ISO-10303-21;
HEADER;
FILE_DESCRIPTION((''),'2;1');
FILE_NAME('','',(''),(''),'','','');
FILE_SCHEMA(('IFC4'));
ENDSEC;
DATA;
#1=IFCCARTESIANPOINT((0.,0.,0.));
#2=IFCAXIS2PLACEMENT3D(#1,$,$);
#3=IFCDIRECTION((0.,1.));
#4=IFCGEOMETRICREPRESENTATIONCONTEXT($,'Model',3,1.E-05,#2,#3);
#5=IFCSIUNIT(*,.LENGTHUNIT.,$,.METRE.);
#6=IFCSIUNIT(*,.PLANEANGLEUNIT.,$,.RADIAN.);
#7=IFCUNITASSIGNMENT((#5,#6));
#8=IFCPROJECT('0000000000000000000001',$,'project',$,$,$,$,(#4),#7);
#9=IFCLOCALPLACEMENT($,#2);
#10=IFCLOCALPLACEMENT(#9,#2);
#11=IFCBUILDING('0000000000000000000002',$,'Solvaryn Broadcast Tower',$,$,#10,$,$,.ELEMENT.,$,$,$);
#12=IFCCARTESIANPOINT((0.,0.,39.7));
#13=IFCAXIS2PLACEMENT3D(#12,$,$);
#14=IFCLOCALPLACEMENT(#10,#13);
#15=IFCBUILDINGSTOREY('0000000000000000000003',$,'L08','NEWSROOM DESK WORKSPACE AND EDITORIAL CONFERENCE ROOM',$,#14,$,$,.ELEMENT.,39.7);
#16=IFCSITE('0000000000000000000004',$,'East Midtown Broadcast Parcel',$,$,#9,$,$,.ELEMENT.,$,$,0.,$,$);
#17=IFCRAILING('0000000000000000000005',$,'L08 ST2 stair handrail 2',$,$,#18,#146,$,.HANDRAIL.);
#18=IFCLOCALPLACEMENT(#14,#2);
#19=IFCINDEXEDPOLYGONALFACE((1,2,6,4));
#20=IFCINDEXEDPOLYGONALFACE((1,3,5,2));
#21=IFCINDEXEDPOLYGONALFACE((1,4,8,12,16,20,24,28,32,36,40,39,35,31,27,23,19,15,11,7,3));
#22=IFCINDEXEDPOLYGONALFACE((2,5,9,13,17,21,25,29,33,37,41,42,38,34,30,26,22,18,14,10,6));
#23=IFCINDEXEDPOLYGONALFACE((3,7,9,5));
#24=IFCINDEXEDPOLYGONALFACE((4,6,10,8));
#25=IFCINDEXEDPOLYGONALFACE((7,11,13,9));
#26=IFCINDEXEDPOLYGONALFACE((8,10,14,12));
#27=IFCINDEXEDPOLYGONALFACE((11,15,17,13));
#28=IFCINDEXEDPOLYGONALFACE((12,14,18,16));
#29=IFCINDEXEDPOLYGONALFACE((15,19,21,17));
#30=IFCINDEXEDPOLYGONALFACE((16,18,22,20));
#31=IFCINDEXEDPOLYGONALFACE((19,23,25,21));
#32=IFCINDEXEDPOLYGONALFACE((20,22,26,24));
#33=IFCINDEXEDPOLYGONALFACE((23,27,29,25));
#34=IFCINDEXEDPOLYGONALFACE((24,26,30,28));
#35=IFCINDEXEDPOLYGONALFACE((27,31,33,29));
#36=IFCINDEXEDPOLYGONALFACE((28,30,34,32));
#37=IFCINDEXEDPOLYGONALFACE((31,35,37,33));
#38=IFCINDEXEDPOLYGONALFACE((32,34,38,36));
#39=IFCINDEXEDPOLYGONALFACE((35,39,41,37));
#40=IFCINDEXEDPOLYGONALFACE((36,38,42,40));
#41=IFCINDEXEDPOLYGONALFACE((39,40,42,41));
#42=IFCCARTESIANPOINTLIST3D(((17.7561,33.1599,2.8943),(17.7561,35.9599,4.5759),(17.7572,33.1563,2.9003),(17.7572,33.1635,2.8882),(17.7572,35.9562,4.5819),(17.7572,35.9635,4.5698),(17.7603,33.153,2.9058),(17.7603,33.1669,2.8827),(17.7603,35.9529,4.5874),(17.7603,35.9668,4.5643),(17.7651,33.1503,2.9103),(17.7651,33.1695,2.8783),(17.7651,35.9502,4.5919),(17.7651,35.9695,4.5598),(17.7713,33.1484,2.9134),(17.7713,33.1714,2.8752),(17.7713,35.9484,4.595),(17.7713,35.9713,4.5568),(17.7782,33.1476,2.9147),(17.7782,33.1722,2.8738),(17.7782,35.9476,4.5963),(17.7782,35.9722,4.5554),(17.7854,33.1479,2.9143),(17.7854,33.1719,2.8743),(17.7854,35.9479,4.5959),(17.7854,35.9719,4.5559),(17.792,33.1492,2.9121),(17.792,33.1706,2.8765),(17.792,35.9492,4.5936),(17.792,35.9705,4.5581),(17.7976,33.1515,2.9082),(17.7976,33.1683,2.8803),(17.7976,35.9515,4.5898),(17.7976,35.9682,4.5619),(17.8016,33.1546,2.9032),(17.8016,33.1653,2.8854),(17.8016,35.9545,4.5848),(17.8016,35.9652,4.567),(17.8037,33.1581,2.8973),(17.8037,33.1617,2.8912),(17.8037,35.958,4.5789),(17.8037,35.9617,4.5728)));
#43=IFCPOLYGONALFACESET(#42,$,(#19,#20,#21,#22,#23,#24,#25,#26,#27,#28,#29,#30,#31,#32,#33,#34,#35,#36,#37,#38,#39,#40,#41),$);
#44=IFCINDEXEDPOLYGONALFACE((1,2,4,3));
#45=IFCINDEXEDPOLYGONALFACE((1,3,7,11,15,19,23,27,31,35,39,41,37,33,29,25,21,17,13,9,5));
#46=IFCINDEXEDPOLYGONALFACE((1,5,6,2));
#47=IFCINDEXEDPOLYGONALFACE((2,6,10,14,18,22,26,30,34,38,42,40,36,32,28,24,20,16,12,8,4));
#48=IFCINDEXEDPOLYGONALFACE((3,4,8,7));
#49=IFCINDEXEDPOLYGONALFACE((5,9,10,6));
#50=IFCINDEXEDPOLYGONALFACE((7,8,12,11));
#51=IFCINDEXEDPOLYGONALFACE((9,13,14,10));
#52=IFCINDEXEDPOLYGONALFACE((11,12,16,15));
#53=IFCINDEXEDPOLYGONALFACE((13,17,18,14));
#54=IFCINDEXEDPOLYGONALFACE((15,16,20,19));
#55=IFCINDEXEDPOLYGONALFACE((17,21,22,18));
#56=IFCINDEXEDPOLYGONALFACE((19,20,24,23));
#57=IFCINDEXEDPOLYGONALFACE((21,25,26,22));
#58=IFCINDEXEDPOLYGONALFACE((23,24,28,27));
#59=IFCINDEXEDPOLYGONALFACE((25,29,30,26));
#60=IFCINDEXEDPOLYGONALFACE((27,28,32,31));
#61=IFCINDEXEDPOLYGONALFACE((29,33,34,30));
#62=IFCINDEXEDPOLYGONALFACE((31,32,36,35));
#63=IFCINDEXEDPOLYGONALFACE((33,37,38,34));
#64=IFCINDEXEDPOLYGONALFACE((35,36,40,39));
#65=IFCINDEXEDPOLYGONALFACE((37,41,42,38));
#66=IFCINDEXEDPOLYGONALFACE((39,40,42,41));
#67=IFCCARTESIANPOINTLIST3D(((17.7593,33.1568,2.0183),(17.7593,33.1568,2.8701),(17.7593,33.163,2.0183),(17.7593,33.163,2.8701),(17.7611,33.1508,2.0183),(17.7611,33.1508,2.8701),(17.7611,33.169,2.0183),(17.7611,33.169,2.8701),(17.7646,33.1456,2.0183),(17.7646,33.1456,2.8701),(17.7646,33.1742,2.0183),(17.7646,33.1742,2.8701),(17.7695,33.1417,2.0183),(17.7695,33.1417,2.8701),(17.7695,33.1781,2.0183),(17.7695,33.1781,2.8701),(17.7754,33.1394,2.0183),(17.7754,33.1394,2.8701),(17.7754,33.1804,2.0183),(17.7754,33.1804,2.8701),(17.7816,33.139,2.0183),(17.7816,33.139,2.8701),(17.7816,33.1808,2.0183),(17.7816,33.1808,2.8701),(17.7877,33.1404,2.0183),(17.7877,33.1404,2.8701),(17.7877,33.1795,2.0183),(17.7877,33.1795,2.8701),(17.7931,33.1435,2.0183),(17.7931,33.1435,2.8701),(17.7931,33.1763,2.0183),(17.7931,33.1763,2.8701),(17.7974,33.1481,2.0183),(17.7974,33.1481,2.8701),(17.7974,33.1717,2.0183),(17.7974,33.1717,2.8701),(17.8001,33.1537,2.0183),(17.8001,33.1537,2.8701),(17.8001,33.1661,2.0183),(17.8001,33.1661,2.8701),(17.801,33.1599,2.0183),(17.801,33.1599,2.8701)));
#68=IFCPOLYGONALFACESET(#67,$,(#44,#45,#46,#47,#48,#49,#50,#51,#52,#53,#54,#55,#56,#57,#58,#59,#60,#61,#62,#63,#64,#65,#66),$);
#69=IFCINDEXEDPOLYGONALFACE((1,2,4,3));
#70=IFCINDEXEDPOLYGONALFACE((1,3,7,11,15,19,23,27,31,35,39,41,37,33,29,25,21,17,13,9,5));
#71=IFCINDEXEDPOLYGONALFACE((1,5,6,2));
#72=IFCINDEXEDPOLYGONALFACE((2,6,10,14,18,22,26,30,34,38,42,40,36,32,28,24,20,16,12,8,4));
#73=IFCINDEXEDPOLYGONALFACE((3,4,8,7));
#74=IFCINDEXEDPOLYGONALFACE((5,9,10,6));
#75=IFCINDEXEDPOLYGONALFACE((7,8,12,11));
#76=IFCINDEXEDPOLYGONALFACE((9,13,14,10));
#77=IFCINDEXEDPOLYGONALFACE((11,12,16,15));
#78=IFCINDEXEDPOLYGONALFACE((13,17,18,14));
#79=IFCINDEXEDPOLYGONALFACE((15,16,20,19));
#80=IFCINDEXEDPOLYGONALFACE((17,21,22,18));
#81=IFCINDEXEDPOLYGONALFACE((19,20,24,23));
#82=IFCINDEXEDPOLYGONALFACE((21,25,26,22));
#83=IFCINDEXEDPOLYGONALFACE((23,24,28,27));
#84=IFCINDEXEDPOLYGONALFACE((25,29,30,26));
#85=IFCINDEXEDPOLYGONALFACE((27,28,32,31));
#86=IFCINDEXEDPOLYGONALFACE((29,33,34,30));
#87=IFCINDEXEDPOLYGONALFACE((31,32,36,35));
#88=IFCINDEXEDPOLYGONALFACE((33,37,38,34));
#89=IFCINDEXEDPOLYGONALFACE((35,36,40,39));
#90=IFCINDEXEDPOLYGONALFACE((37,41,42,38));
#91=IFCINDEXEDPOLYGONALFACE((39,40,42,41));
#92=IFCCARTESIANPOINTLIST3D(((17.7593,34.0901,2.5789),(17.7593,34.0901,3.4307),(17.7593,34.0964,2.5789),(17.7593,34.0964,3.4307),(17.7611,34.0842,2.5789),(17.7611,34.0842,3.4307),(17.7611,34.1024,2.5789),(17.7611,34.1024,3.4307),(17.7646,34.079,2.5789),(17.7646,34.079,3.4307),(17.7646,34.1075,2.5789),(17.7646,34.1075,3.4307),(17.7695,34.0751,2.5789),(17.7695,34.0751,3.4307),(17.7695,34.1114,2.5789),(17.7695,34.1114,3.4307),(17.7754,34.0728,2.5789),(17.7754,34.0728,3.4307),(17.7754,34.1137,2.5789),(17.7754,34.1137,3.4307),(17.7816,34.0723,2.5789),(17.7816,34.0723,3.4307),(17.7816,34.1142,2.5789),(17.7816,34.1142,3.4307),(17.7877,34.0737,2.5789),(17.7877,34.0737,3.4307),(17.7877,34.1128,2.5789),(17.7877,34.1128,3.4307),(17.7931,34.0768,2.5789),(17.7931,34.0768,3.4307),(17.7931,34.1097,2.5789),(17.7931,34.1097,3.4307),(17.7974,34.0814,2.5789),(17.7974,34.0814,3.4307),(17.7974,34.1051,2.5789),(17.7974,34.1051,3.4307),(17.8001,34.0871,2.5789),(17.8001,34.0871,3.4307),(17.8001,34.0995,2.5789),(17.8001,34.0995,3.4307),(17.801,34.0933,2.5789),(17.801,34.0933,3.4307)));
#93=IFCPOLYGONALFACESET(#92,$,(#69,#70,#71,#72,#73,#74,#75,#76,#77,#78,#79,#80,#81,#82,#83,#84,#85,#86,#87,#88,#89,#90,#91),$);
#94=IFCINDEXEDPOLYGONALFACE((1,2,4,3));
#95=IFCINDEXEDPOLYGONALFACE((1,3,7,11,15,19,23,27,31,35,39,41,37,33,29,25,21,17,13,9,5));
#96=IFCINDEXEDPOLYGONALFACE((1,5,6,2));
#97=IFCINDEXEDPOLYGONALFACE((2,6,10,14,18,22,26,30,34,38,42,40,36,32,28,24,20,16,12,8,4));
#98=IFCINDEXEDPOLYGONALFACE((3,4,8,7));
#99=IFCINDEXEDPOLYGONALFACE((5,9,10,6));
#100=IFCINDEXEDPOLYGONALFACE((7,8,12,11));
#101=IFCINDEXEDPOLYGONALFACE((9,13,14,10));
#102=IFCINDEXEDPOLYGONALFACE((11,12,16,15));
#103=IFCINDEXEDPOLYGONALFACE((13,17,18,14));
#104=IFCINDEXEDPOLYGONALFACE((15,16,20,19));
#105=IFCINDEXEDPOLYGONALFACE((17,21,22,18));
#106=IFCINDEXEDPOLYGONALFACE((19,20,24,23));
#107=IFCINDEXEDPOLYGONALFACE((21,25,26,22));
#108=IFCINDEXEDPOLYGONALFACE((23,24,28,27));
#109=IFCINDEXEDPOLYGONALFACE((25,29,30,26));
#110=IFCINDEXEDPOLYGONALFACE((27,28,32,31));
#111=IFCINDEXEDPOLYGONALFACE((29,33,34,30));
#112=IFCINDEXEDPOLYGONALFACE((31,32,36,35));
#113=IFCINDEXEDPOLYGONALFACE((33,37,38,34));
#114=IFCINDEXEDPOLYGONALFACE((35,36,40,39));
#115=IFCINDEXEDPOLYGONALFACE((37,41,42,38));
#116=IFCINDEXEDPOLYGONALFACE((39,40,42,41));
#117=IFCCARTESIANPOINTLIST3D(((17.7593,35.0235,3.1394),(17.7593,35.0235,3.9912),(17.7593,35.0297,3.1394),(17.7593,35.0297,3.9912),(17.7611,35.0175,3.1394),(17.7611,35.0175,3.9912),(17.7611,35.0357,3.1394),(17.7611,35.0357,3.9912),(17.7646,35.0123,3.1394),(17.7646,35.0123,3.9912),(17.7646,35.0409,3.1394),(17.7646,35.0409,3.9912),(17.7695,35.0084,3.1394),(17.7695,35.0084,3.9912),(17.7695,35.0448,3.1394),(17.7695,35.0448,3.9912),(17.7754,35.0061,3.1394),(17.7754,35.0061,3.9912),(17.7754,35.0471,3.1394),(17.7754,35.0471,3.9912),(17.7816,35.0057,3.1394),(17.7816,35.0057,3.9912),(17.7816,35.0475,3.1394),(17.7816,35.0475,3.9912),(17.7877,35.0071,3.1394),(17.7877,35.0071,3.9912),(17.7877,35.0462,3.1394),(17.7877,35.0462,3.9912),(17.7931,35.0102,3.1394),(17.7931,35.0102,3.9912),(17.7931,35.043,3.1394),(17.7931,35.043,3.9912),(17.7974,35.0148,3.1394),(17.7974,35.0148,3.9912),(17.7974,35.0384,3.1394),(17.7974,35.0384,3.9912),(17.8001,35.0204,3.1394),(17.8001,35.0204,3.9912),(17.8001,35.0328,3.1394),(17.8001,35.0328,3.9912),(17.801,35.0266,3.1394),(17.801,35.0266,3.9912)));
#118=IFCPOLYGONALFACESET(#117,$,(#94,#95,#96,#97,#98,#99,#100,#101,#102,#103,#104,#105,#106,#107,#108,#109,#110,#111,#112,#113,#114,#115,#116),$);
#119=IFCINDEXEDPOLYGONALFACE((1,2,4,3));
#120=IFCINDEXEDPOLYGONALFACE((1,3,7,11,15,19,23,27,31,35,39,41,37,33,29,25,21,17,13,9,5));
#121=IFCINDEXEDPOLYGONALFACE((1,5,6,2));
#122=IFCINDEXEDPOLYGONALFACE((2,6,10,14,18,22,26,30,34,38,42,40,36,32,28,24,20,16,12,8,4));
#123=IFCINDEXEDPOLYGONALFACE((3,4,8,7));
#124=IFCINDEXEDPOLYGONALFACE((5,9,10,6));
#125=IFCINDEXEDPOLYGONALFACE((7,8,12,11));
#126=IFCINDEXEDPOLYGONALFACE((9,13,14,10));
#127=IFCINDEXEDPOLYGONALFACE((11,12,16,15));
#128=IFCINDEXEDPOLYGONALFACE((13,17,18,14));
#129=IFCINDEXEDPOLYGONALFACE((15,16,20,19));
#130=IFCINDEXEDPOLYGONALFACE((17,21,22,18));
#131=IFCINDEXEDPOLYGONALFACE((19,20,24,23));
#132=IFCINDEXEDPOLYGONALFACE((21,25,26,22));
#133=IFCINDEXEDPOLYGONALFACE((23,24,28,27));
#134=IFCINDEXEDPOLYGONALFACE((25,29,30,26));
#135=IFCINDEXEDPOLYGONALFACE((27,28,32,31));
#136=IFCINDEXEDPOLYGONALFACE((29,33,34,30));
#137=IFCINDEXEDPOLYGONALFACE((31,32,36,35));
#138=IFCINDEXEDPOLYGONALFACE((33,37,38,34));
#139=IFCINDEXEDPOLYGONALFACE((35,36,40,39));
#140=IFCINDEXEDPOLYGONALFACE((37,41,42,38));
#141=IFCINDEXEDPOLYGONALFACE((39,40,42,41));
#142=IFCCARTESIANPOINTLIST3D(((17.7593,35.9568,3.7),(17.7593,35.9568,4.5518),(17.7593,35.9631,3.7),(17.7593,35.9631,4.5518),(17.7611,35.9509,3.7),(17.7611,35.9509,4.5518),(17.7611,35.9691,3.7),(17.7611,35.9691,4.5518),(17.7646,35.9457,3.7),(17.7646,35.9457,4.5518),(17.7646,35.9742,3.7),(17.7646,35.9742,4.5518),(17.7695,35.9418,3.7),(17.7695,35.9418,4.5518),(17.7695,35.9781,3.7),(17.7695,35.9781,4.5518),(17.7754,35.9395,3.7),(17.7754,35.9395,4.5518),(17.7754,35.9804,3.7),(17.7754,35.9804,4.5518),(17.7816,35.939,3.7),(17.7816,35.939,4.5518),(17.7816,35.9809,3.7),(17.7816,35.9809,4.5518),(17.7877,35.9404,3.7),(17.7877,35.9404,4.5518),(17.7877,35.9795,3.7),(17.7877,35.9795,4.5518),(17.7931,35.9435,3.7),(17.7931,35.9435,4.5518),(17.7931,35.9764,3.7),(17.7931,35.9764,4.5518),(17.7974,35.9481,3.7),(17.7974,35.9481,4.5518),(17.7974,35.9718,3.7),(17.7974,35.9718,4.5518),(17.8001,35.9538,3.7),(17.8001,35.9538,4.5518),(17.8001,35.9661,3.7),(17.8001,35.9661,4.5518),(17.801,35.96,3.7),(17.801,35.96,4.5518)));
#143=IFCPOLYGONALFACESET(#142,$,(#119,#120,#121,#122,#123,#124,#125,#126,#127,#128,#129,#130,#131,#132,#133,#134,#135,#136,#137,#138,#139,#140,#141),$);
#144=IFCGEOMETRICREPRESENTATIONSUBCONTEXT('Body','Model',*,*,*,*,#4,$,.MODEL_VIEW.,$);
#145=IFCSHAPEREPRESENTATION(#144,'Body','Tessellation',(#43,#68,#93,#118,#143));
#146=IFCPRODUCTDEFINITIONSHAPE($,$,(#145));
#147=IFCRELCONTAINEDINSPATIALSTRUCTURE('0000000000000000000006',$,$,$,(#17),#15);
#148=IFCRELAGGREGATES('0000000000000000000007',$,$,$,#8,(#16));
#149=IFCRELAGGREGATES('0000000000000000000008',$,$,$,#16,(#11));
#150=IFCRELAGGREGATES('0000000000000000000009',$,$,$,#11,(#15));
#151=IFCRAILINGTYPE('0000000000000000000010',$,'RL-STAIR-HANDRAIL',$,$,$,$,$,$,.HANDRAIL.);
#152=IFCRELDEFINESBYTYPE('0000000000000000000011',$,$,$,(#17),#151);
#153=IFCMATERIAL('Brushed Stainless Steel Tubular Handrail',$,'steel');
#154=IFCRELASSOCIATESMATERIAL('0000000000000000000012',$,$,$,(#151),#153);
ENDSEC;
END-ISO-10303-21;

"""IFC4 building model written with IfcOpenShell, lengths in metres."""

from ifc_helpers import new_model, si_unit, direction, frame, origin, origin_2d, place, context, subcontext, project, spatial, circle, extrude, material, type_object, element, save


model = new_model("IFC4")

# Units and contexts
model_context = context("Model", 3, precision=1e-05, world=origin(), true_north=direction((0.0, 1.0)))
body_context = subcontext(model_context, "Body", "Model", "MODEL_VIEW")
ifc_project = project(units=[si_unit("LENGTHUNIT", "METRE"), si_unit("PLANEANGLEUNIT", "RADIAN")], contexts=[model_context])

# Site, building, storey
site_placement = place(None, origin())
site = spatial("IfcSite", under=ifc_project, at=site_placement, Name="East Midtown Broadcast Parcel", CompositionType="ELEMENT", RefElevation=0.0)
building_placement = place(site_placement, origin())
building = spatial("IfcBuilding", under=site, at=building_placement, Name="Solvaryn Broadcast Tower", CompositionType="ELEMENT")
storey_placement = place(building_placement, frame((0.0, 0.0, 39.7)))
storey = spatial("IfcBuildingStorey", under=building, at=storey_placement, Name="L08", Description="NEWSROOM DESK WORKSPACE AND EDITORIAL CONFERENCE ROOM", CompositionType="ELEMENT", Elevation=39.7)

# Railing
ifc_material_1 = material(Name="Brushed Stainless Steel Tubular Handrail", Category="steel")
railing_type_1 = type_object("IfcRailingType", Name="RL-STAIR-HANDRAIL", PredefinedType="HANDRAIL", material=ifc_material_1)
railing_1_placement = place(storey_placement, frame((17.78, 33.1599, 2.0183)))
element("IfcRailing", 1, at=railing_1_placement, inside=storey, type_object=railing_type_1, Name="L08 ST2 stair handrail 2", PredefinedType="HANDRAIL", context=body_context, shape_type="SweptSolid", body=[
    extrude(circle(Radius=0.0239, at=origin_2d()), frame((0.0, 0.0, 0.876), z_axis=(0.0, 0.857275, 0.514858), x_axis=(-1.0, 0.0, 0.0)), (0.0, 0.0, 1.0), 3.2661),
    extrude(circle(Radius=0.021, at=origin_2d()), origin(), (0.0, 0.0, 1.0), 0.8518),
    extrude(circle(Radius=0.021, at=origin_2d()), frame((0.0, 0.9333, 0.5605)), (0.0, 0.0, 1.0), 0.8518),
    extrude(circle(Radius=0.021, at=origin_2d()), frame((0.0, 1.8667, 1.1211)), (0.0, 0.0, 1.0), 0.8518),
    extrude(circle(Radius=0.021, at=origin_2d()), frame((0.0, 2.8, 1.6816)), (0.0, 0.0, 1.0), 0.8518),
])

save(model, "model.ifc")
